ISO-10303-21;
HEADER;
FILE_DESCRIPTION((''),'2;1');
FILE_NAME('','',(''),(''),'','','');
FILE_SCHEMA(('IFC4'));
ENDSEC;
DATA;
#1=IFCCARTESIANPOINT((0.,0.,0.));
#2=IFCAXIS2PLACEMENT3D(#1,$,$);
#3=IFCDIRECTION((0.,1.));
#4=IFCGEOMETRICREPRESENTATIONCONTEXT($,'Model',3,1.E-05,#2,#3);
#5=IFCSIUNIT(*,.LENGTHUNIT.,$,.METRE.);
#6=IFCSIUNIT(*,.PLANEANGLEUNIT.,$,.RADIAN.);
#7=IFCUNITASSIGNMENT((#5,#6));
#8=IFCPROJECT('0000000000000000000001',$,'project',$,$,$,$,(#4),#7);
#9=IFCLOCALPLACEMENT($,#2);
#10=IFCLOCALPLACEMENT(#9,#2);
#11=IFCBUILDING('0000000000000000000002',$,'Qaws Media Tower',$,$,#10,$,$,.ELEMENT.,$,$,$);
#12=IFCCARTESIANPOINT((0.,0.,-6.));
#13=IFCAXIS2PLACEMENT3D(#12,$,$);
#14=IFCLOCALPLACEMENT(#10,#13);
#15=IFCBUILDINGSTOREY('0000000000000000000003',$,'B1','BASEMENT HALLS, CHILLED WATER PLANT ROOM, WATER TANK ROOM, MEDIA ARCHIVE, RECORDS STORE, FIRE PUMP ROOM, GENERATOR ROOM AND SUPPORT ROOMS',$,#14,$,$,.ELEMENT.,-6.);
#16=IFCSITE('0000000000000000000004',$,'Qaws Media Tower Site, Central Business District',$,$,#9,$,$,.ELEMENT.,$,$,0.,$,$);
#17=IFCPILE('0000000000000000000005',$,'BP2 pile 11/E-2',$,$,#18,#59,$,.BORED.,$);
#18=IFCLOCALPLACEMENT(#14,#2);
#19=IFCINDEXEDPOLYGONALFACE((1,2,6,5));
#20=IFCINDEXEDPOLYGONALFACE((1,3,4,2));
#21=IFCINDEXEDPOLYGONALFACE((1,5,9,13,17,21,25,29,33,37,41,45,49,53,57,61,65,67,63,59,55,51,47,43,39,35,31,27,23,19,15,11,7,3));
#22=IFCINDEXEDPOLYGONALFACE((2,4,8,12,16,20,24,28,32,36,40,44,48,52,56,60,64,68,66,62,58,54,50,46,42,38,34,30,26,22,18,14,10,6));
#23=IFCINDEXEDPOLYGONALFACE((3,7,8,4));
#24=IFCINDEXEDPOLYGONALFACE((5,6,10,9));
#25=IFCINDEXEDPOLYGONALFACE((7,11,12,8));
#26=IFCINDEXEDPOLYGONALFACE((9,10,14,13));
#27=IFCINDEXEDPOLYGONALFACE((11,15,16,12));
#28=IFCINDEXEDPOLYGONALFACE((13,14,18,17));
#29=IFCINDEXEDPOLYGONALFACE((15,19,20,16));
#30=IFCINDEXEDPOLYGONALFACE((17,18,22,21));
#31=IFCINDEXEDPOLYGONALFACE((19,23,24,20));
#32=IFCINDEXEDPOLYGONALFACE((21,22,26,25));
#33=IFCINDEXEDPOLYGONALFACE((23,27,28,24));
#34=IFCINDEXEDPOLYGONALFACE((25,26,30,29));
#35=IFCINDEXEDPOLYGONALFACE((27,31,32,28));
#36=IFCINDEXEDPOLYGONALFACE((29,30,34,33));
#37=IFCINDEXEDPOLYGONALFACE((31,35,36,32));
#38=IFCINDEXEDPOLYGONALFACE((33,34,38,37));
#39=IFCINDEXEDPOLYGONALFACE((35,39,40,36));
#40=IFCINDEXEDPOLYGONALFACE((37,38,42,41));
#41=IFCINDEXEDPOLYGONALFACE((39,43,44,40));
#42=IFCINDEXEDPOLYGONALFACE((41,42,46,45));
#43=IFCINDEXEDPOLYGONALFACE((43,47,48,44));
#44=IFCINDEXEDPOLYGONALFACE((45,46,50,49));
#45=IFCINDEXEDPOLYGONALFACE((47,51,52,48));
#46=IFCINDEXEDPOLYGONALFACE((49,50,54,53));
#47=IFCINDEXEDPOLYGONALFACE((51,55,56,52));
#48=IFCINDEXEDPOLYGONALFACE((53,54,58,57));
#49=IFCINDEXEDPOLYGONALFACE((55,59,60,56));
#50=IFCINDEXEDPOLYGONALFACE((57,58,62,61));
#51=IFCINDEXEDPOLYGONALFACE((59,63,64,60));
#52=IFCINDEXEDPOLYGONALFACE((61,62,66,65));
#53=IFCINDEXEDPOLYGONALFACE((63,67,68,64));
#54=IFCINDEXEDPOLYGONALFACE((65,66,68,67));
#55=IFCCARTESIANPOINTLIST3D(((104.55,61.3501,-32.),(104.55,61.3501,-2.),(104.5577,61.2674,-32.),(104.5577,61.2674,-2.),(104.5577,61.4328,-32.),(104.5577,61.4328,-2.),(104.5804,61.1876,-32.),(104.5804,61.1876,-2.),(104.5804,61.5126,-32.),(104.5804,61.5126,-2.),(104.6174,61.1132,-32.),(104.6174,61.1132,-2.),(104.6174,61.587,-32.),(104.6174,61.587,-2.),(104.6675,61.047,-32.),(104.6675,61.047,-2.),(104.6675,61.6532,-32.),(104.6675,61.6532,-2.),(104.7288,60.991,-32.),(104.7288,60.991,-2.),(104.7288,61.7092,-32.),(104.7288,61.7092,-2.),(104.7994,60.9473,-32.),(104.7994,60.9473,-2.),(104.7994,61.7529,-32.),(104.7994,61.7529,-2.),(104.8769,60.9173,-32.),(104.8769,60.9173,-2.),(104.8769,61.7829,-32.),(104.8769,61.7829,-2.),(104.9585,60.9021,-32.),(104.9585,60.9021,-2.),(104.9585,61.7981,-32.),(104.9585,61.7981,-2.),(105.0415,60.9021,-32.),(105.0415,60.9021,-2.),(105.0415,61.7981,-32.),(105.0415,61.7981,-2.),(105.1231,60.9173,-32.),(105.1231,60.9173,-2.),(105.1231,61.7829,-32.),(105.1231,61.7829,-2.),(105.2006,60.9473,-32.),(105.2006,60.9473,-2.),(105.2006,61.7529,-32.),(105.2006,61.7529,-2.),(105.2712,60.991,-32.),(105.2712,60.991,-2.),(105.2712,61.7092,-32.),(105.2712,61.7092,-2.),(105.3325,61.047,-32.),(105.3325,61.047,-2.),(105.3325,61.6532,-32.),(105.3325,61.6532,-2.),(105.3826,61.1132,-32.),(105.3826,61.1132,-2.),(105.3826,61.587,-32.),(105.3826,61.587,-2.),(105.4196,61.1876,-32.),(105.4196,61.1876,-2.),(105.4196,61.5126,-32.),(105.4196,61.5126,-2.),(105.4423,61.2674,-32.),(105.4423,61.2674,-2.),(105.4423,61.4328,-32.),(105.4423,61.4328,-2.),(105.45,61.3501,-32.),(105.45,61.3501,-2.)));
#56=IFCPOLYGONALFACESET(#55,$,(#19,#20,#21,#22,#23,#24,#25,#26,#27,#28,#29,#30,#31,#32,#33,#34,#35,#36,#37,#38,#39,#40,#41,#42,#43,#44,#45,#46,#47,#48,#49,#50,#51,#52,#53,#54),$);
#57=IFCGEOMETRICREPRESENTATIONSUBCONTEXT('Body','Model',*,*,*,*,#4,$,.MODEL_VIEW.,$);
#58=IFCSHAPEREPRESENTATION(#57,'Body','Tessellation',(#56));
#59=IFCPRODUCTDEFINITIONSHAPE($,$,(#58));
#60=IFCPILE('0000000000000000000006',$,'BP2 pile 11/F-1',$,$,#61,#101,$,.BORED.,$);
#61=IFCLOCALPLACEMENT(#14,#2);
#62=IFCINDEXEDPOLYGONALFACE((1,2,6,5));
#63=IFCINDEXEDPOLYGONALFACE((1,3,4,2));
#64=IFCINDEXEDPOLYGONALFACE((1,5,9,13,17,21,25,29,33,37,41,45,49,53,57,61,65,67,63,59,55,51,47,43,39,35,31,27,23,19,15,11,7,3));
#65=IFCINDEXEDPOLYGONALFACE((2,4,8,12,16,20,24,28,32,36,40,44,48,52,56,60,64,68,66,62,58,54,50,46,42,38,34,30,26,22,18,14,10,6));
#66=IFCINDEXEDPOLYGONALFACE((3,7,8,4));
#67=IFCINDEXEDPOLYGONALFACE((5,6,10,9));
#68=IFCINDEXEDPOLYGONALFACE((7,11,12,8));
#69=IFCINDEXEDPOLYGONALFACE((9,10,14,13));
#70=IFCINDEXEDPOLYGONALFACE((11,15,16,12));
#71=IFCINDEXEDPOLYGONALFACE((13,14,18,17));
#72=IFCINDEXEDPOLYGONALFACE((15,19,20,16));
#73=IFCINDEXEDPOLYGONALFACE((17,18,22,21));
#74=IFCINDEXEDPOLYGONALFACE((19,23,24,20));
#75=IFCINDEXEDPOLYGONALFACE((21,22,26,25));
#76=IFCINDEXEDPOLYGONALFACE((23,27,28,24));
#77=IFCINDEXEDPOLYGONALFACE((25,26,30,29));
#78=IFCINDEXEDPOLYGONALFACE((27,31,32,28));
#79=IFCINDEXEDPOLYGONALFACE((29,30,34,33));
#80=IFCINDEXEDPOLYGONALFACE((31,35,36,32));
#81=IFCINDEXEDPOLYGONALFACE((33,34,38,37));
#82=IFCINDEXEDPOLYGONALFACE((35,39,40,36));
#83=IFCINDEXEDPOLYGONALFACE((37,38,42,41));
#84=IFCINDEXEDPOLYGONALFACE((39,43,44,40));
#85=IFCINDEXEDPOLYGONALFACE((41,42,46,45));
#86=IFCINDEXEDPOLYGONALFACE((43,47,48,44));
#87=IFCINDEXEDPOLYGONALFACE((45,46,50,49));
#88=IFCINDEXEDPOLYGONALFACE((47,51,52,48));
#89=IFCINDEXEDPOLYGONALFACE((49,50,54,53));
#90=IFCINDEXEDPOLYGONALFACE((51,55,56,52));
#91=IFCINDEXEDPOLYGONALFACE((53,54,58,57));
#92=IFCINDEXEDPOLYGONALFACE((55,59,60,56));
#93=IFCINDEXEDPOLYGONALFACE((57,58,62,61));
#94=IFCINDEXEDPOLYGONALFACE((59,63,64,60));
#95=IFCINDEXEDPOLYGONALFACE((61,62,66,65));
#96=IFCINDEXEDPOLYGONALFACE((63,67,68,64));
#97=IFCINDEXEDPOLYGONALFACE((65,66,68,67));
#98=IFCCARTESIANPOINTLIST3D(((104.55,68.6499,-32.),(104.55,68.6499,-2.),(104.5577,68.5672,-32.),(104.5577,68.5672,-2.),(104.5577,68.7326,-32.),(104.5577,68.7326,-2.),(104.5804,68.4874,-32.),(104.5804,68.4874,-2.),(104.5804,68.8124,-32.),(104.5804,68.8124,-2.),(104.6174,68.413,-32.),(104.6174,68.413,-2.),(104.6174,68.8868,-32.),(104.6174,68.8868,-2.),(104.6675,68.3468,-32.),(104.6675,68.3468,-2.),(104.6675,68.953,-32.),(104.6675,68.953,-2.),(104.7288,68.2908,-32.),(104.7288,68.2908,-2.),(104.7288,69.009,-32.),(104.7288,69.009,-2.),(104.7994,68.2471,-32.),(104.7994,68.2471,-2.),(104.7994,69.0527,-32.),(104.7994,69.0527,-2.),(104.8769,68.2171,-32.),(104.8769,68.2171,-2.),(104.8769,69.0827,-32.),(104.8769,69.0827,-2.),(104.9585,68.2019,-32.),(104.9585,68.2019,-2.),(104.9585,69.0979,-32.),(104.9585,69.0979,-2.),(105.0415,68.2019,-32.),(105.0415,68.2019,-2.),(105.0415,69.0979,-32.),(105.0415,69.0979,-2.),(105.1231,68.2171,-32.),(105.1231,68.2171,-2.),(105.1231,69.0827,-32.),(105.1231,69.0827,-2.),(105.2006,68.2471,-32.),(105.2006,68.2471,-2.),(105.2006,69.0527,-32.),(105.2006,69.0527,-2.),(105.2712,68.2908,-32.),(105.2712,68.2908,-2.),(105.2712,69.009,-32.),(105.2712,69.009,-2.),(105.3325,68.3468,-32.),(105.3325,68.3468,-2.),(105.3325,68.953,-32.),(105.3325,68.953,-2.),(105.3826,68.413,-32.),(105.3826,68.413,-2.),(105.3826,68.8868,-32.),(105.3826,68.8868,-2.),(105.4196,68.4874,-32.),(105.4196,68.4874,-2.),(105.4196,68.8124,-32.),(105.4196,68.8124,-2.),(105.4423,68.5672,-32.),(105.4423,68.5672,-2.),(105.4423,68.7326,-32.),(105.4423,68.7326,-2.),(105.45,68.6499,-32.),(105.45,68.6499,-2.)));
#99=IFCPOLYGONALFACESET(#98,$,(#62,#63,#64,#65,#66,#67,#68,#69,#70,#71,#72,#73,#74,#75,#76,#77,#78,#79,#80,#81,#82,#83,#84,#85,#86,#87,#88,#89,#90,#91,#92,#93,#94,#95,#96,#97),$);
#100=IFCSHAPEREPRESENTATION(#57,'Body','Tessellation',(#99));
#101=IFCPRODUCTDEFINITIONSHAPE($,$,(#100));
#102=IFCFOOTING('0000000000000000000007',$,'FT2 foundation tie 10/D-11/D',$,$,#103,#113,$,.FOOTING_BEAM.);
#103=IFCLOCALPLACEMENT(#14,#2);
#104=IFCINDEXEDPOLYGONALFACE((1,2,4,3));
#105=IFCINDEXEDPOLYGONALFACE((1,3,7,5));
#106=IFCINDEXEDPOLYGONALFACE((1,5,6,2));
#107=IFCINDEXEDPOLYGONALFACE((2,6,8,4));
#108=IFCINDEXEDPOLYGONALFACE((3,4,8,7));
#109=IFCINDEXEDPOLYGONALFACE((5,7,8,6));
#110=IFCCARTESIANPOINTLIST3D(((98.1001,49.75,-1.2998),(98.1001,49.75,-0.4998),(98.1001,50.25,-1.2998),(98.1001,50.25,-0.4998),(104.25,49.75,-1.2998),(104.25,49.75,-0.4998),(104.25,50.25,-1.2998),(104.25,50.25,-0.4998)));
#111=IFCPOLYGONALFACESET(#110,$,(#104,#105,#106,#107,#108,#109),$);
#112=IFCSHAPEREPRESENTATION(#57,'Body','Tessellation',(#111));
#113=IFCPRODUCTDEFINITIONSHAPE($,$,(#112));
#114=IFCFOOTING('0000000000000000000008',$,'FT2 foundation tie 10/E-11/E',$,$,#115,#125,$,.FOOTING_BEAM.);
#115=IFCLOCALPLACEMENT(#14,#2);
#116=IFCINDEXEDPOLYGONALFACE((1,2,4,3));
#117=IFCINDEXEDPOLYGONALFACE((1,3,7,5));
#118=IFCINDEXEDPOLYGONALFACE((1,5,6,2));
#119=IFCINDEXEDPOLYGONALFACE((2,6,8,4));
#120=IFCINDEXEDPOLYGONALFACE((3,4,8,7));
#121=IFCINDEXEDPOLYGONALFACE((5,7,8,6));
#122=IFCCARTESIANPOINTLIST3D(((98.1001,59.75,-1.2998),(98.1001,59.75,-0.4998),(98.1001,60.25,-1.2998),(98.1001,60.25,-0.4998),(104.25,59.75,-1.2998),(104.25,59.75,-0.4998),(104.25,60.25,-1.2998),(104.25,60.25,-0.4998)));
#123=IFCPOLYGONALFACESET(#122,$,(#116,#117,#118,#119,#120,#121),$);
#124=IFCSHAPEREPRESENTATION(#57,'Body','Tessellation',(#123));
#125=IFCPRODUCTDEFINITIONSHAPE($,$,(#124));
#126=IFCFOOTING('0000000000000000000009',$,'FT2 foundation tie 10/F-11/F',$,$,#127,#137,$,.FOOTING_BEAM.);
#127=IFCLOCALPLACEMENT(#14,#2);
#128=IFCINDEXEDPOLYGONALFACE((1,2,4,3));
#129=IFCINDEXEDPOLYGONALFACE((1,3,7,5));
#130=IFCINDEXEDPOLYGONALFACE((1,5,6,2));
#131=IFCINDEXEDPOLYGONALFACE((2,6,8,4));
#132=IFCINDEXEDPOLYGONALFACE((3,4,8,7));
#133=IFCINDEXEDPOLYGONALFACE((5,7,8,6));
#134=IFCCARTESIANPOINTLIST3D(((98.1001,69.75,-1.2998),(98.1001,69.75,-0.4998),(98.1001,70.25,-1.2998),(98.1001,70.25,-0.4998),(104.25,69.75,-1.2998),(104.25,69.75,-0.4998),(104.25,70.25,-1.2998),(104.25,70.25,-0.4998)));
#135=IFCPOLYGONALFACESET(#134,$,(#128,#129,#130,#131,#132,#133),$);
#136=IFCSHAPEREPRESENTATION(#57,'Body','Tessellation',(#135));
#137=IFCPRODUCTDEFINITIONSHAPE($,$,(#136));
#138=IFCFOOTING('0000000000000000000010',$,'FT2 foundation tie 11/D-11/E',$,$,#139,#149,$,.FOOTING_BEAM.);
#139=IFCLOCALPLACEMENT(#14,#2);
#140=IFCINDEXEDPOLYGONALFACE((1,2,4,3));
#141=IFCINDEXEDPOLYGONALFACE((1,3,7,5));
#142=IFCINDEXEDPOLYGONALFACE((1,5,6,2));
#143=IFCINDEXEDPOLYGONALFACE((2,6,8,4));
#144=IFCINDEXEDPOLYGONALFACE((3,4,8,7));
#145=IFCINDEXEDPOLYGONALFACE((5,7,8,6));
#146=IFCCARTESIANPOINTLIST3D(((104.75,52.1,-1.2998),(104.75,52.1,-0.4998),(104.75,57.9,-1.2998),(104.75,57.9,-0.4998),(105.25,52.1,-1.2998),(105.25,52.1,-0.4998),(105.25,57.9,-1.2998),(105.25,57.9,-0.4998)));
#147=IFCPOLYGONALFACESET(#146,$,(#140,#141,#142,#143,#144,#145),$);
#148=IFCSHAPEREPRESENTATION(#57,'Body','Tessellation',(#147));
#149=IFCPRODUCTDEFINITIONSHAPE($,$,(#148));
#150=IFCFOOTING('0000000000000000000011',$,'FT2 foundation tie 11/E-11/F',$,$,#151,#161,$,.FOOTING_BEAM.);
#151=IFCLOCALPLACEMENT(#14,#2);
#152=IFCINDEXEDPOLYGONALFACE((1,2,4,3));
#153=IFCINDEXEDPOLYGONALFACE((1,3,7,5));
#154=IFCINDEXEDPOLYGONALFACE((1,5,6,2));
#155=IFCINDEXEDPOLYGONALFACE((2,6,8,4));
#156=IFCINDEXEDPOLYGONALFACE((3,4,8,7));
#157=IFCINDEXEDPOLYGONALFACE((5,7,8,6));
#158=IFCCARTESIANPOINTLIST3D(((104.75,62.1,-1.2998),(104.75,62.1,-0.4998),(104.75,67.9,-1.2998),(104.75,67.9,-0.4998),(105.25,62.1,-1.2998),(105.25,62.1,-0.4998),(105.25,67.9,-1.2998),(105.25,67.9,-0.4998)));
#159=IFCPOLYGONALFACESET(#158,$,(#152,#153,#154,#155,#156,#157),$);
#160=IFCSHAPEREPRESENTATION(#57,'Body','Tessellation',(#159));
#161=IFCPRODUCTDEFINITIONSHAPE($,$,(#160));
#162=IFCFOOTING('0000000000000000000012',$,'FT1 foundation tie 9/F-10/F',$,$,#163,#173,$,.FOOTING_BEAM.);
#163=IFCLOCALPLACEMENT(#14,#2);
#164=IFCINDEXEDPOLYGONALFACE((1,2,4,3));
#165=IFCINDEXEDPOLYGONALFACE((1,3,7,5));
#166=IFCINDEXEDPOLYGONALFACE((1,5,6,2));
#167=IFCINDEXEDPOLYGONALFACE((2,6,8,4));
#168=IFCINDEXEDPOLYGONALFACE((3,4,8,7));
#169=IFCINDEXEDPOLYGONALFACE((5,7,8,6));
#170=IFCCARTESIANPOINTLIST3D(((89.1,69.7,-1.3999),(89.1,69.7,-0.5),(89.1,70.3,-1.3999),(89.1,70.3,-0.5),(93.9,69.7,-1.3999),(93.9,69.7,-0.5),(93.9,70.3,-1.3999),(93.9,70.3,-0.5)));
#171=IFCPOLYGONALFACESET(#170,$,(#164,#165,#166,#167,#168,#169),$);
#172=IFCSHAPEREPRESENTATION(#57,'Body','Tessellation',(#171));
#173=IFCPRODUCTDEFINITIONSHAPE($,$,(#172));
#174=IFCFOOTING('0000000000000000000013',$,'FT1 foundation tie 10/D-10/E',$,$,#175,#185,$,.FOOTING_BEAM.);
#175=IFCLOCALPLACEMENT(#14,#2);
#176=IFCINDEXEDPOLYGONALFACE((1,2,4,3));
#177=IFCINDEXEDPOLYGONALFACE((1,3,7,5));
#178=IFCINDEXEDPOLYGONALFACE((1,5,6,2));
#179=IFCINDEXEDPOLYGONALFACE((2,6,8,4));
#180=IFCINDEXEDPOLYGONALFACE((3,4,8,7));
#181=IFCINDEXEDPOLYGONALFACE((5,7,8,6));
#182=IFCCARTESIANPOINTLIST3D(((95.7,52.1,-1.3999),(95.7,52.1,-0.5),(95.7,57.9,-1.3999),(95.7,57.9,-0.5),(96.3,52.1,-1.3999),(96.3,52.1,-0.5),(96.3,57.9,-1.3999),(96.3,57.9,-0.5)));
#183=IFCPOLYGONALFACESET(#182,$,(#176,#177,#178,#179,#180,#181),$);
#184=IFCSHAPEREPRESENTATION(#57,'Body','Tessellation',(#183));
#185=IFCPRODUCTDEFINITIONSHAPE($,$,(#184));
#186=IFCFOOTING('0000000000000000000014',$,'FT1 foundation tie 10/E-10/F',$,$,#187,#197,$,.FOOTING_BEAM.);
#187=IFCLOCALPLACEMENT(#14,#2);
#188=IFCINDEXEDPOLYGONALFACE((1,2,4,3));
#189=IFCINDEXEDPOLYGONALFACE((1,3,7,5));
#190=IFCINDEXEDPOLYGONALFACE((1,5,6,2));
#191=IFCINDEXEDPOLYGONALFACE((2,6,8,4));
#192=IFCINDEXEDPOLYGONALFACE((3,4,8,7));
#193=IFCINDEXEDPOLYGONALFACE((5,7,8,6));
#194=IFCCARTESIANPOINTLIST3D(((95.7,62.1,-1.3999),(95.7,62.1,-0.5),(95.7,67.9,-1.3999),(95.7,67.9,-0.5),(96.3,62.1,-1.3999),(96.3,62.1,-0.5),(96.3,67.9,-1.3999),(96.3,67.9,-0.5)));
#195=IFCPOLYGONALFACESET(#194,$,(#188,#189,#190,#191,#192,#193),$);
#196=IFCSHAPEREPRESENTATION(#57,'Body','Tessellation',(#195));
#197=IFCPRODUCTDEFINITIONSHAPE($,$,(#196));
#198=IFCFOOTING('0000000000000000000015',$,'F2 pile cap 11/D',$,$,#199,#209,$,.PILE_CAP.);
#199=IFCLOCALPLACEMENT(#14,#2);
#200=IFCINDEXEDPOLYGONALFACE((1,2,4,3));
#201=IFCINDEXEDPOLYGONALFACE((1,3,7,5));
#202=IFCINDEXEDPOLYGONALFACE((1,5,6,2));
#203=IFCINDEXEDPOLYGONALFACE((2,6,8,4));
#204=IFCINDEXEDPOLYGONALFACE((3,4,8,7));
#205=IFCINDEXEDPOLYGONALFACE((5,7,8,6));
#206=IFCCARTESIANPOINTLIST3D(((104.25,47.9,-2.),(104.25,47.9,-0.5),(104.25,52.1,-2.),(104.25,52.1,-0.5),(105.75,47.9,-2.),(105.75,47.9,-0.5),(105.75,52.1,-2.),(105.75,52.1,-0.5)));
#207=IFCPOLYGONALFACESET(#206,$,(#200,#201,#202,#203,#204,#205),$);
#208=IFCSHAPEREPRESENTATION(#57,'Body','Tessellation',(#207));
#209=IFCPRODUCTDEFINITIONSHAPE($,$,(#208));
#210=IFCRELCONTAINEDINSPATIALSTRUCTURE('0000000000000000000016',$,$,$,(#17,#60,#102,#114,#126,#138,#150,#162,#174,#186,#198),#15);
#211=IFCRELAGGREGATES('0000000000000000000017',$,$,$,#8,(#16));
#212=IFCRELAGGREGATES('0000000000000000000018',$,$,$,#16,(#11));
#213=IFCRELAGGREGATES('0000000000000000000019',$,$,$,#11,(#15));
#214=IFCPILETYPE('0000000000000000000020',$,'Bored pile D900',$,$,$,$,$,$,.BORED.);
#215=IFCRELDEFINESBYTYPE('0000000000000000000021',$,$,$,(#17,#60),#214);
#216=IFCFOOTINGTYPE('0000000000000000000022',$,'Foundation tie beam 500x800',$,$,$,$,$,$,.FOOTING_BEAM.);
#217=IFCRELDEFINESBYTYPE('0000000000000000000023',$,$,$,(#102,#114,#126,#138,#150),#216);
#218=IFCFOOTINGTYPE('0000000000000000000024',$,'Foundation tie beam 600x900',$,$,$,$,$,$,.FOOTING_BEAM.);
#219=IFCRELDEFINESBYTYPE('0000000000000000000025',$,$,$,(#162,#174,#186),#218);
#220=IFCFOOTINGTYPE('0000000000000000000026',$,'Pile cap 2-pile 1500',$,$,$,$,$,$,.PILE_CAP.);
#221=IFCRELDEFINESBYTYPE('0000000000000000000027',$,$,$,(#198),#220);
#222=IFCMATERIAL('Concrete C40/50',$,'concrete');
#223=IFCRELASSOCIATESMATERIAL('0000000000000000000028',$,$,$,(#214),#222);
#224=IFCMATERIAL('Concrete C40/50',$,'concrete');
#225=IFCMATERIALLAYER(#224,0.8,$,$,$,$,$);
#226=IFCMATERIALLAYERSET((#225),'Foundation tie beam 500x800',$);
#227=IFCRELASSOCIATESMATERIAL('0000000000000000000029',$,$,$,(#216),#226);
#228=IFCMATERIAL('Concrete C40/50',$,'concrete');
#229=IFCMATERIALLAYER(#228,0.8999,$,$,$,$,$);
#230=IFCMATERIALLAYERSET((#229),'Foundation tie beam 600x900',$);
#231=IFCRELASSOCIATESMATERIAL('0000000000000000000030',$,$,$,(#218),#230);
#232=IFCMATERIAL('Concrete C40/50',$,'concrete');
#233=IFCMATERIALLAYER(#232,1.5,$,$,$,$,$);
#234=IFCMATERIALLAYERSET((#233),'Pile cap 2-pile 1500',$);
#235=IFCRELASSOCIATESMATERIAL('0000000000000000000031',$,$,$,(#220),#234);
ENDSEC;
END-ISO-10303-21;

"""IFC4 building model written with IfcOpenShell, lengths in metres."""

from ifc_helpers import new_model, si_unit, direction, frame, origin, origin_2d, place, context, subcontext, project, spatial, rectangle, circle, extrude, material, layer, layer_set, material_profile, profile_set, type_object, element, save


model = new_model("IFC4")

# Units and contexts
model_context = context("Model", 3, precision=1e-05, world=origin(), true_north=direction((0.0, 1.0)))
body_context = subcontext(model_context, "Body", "Model", "MODEL_VIEW")
ifc_project = project(units=[si_unit("LENGTHUNIT", "METRE"), si_unit("PLANEANGLEUNIT", "RADIAN")], contexts=[model_context])

# Site, building, storey
site_placement = place(None, origin())
site = spatial("IfcSite", under=ifc_project, at=site_placement, Name="Qaws Media Tower Site, Central Business District", CompositionType="ELEMENT", RefElevation=0.0)
building_placement = place(site_placement, origin())
building = spatial("IfcBuilding", under=site, at=building_placement, Name="Qaws Media Tower", CompositionType="ELEMENT")
storey_placement = place(building_placement, frame((0.0, 0.0, -6.0)))
storey = spatial("IfcBuildingStorey", under=building, at=storey_placement, Name="B1", Description="BASEMENT HALLS, CHILLED WATER PLANT ROOM, WATER TANK ROOM, MEDIA ARCHIVE, RECORDS STORE, FIRE PUMP ROOM, GENERATOR ROOM AND SUPPORT ROOMS", CompositionType="ELEMENT", Elevation=-6.0)

# Piles
ifc_material_1 = material(Name="Concrete C40/50", Category="concrete")
ifc_material_profile_1 = material_profile(ifc_material_1, circle(Radius=0.45, at=origin_2d()), Name="D900")
ifc_profile_set_1 = profile_set([ifc_material_profile_1], Name="Concrete C40/50")
pile_type = type_object("IfcPileType", Name="Bored pile D900", PredefinedType="BORED", material=ifc_profile_set_1)
for number, where, z_axis, x_axis, name in (
    (1, (105.0, 61.3501, -2.0), (0.0, 0.0, -1.0), (1.0, 0.0, 0.0), "BP2 pile 11/E-2"),
    (2, (105.0, 68.6499, -2.0), (0.0, 0.0, -1.0), (1.0, 0.0, 0.0), "BP2 pile 11/F-1"),
):
    element("IfcPile", number, at=place(storey_placement, frame(where, z_axis=z_axis, x_axis=x_axis)), inside=storey, type_object=pile_type, Name=name, PredefinedType="BORED", context=body_context, shape_type="SweptSolid", body=[
        extrude(circle(Radius=0.45, at=origin_2d()), origin(), (0.0, 0.0, 1.0), 30.0),
    ])

# Footings
ifc_material_2 = material(Name="Concrete C40/50", Category="concrete")
ifc_layer_1 = layer(ifc_material_2, 0.8)
ifc_layer_set_1 = layer_set([ifc_layer_1], Name="Foundation tie beam 500x800")
footing_type_1 = type_object("IfcFootingType", Name="Foundation tie beam 500x800", PredefinedType="FOOTING_BEAM", material=ifc_layer_set_1)
for number, where, z_axis, x_axis, name in (
    (3, (101.175, 50.0, -1.2998), (0.0, 0.0, 1.0), (1.0, 0.0, 0.0), "FT2 foundation tie 10/D-11/D"),
    (4, (101.175, 60.0, -1.2998), (0.0, 0.0, 1.0), (1.0, 0.0, 0.0), "FT2 foundation tie 10/E-11/E"),
    (5, (101.175, 70.0, -1.2998), (0.0, 0.0, 1.0), (1.0, 0.0, 0.0), "FT2 foundation tie 10/F-11/F"),
):
    element("IfcFooting", number, at=place(storey_placement, frame(where, z_axis=z_axis, x_axis=x_axis)), inside=storey, type_object=footing_type_1, Name=name, PredefinedType="FOOTING_BEAM", context=body_context, shape_type="SweptSolid", body=[
        extrude(rectangle(XDim=6.1499, YDim=0.5, at=origin_2d()), origin(), (0.0, 0.0, 1.0), 0.8),
    ])
for number, where, z_axis, x_axis, name in (
    (6, (105.0, 55.0, -1.2998), (0.0, 0.0, 1.0), (1.0, 0.0, 0.0), "FT2 foundation tie 11/D-11/E"),
    (7, (105.0, 65.0, -1.2998), (0.0, 0.0, 1.0), (1.0, 0.0, 0.0), "FT2 foundation tie 11/E-11/F"),
):
    element("IfcFooting", number, at=place(storey_placement, frame(where, z_axis=z_axis, x_axis=x_axis)), inside=storey, type_object=footing_type_1, Name=name, PredefinedType="FOOTING_BEAM", context=body_context, shape_type="SweptSolid", body=[
        extrude(rectangle(XDim=0.5, YDim=5.8, at=origin_2d()), origin(), (0.0, 0.0, 1.0), 0.8),
    ])
ifc_material_3 = material(Name="Concrete C40/50", Category="concrete")
ifc_layer_2 = layer(ifc_material_3, 0.8999)
ifc_layer_set_2 = layer_set([ifc_layer_2], Name="Foundation tie beam 600x900")
footing_type_2 = type_object("IfcFootingType", Name="Foundation tie beam 600x900", PredefinedType="FOOTING_BEAM", material=ifc_layer_set_2)
footing_placement = place(storey_placement, frame((91.5, 70.0, -1.3999), z_axis=(0.0, 0.0, 1.0), x_axis=(1.0, 0.0, 0.0)))
element("IfcFooting", 8, at=footing_placement, inside=storey, type_object=footing_type_2, Name="FT1 foundation tie 9/F-10/F", PredefinedType="FOOTING_BEAM", context=body_context, shape_type="SweptSolid", body=[
    extrude(rectangle(XDim=4.8, YDim=0.6001, at=origin_2d()), origin(), (0.0, 0.0, 1.0), 0.8999),
])
for number, where, z_axis, x_axis, name in (
    (9, (96.0, 55.0, -1.3999), (0.0, 0.0, 1.0), (1.0, 0.0, 0.0), "FT1 foundation tie 10/D-10/E"),
    (10, (96.0, 65.0, -1.3999), (0.0, 0.0, 1.0), (1.0, 0.0, 0.0), "FT1 foundation tie 10/E-10/F"),
):
    element("IfcFooting", number, at=place(storey_placement, frame(where, z_axis=z_axis, x_axis=x_axis)), inside=storey, type_object=footing_type_2, Name=name, PredefinedType="FOOTING_BEAM", context=body_context, shape_type="SweptSolid", body=[
        extrude(rectangle(XDim=0.6001, YDim=5.8, at=origin_2d()), origin(), (0.0, 0.0, 1.0), 0.8999),
    ])
ifc_material_4 = material(Name="Concrete C40/50", Category="concrete")
ifc_layer_3 = layer(ifc_material_4, 1.5)
ifc_layer_set_3 = layer_set([ifc_layer_3], Name="Pile cap 2-pile 1500")
footing_type_3 = type_object("IfcFootingType", Name="Pile cap 2-pile 1500", PredefinedType="PILE_CAP", material=ifc_layer_set_3)
for number, where, z_axis, x_axis, name in (
    (11, (105.0, 50.0, -2.0), (0.0, 0.0, 1.0), (1.0, 0.0, 0.0), "F2 pile cap 11/D"),
):
    element("IfcFooting", number, at=place(storey_placement, frame(where, z_axis=z_axis, x_axis=x_axis)), inside=storey, type_object=footing_type_3, Name=name, PredefinedType="PILE_CAP", context=body_context, shape_type="SweptSolid", body=[
        extrude(rectangle(XDim=1.5, YDim=4.2, at=origin_2d()), origin(), (0.0, 0.0, 1.0), 1.5),
    ])

save(model, "model.ifc")
